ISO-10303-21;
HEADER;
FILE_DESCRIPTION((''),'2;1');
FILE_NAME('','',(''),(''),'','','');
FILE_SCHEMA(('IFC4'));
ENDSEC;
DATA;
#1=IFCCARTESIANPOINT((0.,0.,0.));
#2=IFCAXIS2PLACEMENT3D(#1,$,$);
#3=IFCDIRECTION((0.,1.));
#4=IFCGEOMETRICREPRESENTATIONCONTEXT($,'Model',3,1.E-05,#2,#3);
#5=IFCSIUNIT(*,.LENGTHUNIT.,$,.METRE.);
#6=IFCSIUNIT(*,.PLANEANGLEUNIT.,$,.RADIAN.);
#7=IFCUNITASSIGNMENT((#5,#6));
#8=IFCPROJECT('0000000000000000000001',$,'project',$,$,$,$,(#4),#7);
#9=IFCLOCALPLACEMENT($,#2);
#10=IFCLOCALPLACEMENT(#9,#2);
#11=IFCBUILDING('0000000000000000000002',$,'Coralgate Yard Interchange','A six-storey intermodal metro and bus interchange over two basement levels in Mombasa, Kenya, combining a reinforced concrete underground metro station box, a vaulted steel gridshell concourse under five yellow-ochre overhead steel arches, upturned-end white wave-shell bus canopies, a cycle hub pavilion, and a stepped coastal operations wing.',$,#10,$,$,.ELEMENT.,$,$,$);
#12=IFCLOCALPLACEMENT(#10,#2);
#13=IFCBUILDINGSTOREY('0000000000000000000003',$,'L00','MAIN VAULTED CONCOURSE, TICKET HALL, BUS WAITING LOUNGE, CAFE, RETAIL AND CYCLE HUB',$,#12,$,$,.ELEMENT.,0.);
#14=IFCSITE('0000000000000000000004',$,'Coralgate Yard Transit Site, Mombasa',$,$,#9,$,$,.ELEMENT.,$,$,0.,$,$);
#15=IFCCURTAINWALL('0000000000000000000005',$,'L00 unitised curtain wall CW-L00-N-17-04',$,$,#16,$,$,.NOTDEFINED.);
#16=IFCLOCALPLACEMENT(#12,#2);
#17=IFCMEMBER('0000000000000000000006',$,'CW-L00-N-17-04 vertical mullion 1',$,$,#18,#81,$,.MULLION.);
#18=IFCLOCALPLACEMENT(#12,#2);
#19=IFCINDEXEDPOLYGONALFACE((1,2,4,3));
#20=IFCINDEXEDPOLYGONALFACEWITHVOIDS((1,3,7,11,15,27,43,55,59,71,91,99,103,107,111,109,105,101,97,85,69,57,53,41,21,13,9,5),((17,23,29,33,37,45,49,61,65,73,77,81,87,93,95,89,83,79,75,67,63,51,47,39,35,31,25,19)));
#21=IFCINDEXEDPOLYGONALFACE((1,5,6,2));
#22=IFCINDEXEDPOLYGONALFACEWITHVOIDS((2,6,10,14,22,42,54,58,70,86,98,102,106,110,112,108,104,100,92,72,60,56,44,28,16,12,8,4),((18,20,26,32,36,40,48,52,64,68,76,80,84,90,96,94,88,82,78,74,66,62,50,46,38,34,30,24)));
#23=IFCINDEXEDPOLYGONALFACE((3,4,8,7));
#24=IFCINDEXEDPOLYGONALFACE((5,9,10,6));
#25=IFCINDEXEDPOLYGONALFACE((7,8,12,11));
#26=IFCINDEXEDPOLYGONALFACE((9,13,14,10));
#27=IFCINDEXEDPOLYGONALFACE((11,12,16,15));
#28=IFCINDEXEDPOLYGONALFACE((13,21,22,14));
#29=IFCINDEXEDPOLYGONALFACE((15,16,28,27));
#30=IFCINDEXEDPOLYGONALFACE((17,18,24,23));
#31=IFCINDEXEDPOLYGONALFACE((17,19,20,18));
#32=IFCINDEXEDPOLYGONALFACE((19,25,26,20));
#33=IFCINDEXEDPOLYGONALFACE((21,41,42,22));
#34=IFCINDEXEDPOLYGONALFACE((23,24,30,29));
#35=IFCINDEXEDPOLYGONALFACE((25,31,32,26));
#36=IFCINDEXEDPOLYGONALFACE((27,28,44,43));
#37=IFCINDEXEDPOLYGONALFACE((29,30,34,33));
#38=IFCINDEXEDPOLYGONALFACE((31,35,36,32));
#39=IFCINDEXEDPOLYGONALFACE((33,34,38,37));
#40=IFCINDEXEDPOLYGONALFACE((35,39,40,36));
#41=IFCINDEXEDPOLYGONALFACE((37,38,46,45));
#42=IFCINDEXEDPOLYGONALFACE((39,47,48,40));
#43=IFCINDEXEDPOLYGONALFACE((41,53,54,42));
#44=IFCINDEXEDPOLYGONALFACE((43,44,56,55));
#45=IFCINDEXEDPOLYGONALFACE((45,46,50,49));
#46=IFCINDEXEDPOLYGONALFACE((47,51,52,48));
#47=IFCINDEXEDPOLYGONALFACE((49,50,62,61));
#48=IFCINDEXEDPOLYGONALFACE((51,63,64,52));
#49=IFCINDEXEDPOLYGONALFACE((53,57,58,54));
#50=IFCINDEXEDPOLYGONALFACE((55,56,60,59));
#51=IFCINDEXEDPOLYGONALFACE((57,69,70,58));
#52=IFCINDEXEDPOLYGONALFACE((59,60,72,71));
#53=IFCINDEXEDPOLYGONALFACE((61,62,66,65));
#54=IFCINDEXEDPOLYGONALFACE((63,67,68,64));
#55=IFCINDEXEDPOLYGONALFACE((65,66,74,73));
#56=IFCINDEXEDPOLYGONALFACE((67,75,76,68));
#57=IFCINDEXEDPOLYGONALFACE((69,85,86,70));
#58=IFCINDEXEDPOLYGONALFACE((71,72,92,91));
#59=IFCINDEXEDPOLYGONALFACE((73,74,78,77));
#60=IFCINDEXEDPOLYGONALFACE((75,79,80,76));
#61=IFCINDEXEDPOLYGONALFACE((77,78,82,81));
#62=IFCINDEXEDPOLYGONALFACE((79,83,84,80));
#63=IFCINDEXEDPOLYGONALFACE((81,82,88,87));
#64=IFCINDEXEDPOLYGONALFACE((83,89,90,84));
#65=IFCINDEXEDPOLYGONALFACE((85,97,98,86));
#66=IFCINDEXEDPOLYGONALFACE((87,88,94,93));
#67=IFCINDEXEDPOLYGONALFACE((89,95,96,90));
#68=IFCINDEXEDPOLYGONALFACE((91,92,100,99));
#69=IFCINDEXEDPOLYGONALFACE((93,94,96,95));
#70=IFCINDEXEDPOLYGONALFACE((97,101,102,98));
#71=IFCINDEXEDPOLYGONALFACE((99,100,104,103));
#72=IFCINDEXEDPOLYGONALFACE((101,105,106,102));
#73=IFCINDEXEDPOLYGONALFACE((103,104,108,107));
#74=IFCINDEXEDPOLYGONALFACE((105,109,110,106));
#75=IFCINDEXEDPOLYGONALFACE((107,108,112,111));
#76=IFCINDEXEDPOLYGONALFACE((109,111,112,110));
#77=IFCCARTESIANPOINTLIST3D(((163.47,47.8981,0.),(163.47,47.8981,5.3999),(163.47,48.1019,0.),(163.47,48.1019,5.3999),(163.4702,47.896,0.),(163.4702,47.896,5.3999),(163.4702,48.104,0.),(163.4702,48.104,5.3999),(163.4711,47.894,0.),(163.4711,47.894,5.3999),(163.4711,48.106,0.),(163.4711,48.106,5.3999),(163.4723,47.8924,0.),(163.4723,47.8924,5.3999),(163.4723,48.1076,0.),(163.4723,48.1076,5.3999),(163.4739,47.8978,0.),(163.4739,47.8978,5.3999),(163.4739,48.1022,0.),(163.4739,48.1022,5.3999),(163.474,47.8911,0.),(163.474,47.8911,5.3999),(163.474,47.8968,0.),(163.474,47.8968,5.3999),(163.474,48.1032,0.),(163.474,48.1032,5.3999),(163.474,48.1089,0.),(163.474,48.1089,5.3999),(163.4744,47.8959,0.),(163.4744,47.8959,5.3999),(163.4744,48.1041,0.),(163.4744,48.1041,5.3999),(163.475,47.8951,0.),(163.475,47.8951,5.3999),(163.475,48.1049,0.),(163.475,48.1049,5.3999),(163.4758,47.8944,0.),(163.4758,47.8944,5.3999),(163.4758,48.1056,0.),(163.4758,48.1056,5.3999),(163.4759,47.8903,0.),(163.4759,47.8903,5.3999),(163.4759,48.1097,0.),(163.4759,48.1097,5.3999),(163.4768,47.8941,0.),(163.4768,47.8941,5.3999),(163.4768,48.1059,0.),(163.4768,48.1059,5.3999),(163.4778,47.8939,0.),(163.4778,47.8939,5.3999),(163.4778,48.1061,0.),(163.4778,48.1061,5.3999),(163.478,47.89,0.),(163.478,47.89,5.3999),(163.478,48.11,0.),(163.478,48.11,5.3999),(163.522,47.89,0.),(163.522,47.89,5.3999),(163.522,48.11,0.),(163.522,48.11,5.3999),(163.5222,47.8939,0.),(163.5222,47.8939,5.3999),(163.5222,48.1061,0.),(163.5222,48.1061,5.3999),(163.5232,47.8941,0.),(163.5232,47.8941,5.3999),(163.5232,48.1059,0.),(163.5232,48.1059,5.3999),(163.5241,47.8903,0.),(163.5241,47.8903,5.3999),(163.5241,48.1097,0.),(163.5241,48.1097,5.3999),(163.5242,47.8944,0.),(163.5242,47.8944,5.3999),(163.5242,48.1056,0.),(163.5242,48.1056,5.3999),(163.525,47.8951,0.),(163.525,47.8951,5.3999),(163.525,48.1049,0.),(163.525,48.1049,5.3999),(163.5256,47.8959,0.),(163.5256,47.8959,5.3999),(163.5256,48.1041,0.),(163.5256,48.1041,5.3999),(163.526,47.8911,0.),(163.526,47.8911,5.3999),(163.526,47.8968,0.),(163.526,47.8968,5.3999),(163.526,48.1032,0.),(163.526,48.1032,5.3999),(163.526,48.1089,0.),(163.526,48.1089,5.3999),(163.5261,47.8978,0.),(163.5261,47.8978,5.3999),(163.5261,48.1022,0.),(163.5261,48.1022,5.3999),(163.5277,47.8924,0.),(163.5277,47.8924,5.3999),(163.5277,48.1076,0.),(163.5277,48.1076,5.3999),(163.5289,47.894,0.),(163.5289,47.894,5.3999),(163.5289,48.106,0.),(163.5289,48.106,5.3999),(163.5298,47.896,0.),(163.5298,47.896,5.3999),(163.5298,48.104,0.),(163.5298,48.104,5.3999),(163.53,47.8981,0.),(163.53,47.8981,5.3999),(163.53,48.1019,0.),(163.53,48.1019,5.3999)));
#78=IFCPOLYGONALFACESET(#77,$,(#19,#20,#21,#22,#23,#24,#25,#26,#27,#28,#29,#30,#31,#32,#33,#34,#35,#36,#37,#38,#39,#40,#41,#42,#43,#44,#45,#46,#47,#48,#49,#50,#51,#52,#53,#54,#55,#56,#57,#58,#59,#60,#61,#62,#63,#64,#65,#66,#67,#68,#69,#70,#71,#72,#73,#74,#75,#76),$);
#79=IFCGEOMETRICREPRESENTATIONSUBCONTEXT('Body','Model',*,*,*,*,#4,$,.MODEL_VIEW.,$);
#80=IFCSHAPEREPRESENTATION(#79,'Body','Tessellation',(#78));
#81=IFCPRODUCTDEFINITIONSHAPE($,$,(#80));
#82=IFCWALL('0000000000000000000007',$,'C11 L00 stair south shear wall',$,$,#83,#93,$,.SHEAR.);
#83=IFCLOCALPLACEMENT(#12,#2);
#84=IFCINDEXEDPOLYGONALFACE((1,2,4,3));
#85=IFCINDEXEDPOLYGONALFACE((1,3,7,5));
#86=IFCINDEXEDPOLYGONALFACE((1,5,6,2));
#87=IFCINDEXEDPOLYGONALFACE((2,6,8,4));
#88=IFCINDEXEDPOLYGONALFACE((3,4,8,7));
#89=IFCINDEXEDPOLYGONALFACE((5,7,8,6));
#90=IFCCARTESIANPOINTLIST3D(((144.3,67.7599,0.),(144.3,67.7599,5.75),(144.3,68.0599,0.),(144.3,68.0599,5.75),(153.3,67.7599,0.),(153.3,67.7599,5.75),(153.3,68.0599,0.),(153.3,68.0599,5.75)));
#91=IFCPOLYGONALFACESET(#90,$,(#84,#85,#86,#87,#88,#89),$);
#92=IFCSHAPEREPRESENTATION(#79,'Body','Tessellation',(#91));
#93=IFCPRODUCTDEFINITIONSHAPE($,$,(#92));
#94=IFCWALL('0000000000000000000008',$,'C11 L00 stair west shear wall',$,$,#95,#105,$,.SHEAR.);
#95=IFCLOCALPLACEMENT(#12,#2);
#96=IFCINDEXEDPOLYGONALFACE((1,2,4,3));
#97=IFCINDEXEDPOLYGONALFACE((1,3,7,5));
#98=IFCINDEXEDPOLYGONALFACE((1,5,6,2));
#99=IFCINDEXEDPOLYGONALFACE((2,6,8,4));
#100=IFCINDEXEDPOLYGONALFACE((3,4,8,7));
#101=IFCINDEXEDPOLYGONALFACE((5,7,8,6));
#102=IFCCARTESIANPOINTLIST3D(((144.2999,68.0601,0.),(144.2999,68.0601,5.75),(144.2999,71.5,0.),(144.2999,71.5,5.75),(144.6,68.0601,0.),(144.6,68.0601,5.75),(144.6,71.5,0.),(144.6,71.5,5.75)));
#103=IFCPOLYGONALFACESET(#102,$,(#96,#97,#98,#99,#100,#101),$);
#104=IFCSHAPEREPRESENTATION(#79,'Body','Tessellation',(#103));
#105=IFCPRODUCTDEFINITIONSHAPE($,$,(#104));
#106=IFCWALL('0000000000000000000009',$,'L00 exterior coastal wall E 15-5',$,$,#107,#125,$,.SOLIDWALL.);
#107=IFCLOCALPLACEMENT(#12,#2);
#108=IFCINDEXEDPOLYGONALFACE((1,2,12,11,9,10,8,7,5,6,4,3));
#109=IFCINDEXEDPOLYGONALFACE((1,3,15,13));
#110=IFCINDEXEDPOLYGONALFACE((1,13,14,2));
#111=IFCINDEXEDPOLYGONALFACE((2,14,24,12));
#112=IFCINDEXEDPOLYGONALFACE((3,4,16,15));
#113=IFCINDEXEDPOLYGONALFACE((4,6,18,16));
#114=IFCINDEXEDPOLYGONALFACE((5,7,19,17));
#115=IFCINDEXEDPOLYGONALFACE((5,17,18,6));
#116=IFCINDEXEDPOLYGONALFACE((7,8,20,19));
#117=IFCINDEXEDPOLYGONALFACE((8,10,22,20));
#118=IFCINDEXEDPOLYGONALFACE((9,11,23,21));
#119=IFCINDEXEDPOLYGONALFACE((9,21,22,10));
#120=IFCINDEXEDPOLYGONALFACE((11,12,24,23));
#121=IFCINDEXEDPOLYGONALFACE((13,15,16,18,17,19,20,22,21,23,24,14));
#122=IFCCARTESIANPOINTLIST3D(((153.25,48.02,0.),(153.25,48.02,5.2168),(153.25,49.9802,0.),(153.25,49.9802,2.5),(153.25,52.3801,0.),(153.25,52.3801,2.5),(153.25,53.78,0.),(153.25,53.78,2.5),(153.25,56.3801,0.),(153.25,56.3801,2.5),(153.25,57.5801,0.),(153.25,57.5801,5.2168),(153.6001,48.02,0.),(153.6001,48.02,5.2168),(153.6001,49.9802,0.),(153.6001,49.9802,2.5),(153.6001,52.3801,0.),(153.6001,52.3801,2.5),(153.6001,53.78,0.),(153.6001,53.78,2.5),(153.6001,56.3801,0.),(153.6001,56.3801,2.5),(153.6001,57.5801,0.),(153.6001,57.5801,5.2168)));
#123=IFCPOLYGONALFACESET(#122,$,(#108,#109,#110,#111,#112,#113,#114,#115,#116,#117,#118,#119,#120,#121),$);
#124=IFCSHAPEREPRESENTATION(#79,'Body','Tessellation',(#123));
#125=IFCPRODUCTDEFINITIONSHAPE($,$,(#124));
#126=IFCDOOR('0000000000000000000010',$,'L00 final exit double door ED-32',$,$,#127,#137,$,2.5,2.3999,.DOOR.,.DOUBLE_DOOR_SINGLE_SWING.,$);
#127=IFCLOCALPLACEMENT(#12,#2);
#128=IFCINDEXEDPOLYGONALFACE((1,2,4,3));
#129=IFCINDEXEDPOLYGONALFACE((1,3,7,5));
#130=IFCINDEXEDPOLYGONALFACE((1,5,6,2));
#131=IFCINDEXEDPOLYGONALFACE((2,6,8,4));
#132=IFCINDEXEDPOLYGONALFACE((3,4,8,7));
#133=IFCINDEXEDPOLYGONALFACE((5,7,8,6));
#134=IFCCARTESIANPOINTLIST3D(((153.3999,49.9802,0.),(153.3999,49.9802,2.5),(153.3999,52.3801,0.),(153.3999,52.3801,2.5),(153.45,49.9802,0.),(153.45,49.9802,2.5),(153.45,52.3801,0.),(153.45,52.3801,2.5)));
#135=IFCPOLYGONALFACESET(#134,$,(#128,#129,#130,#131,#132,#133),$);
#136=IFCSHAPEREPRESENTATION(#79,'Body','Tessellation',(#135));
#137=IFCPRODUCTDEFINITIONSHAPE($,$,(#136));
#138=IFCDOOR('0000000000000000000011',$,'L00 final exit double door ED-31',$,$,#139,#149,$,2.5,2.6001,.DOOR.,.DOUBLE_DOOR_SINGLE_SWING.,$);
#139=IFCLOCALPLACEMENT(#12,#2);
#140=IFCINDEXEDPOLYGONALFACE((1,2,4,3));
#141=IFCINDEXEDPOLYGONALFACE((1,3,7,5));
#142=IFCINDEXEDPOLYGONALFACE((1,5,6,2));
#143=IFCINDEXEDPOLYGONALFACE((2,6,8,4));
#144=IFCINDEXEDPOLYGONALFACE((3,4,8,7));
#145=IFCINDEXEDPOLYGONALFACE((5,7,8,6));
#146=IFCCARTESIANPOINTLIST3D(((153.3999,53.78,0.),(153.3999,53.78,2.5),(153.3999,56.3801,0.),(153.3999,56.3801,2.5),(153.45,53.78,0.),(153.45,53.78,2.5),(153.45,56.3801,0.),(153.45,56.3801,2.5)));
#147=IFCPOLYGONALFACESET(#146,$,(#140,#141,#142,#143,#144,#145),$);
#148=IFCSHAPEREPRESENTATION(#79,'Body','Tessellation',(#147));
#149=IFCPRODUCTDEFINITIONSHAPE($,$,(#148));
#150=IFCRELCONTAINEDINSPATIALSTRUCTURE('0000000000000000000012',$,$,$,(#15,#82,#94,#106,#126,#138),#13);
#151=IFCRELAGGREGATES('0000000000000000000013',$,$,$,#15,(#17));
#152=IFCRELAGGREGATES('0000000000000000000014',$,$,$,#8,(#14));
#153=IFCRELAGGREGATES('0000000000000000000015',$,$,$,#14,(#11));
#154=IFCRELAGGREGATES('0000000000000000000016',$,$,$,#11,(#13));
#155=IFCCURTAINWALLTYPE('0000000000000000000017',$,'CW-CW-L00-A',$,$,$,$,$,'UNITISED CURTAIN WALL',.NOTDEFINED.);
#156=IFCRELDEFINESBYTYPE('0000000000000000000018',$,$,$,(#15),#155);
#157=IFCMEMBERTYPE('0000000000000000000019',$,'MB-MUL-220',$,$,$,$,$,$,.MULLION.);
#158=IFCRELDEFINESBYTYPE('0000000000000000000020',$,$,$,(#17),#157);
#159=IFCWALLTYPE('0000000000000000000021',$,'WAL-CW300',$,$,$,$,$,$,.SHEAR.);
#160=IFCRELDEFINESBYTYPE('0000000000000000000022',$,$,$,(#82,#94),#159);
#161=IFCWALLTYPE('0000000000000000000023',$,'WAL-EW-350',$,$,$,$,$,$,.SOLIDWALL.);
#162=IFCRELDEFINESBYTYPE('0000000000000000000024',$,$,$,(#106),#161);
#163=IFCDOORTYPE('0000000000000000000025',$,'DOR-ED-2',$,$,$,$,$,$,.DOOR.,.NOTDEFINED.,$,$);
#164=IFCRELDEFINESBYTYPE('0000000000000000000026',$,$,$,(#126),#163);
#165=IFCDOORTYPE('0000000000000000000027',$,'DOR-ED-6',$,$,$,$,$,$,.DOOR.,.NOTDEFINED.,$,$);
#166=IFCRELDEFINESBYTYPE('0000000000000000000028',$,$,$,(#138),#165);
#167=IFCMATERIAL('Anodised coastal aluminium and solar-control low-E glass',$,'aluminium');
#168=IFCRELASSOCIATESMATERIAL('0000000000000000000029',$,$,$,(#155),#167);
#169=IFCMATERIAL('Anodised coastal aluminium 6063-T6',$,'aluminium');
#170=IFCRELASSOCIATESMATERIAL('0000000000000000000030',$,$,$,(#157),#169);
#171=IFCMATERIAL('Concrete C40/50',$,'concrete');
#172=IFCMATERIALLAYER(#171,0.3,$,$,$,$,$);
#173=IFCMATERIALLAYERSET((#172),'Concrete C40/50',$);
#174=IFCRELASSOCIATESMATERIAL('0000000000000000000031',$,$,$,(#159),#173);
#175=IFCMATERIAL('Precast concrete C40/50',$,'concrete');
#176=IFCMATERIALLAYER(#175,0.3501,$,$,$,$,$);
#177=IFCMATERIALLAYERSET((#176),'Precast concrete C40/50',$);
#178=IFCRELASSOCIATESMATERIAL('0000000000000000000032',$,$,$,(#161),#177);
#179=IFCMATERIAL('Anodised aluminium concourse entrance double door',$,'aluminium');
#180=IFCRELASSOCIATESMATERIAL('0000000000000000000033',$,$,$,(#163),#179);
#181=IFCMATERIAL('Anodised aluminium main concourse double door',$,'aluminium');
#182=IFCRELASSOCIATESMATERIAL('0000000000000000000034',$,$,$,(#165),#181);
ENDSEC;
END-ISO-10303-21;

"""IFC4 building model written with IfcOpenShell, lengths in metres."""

from ifc_helpers import new_model, si_unit, direction, frame, frame_2d, origin, origin_2d, place, context, subcontext, project, spatial, rectangle, hollow_rectangle, extrude, material, layer, layer_set, material_profile, profile_set, type_object, element, fill, aggregate, save


model = new_model("IFC4")

# Units and contexts
model_context = context("Model", 3, precision=1e-05, world=origin(), true_north=direction((0.0, 1.0)))
body_context = subcontext(model_context, "Body", "Model", "MODEL_VIEW")
ifc_project = project(units=[si_unit("LENGTHUNIT", "METRE"), si_unit("PLANEANGLEUNIT", "RADIAN")], contexts=[model_context])

# Site, building, storey
site_placement = place(None, origin())
site = spatial("IfcSite", under=ifc_project, at=site_placement, Name="Coralgate Yard Transit Site, Mombasa", CompositionType="ELEMENT", RefElevation=0.0)
building_placement = place(site_placement, origin())
building = spatial("IfcBuilding", under=site, at=building_placement, Name="Coralgate Yard Interchange", Description="A six-storey intermodal metro and bus interchange over two basement levels in Mombasa, Kenya, combining a reinforced concrete underground metro station box, a vaulted steel gridshell concourse under five yellow-ochre overhead steel arches, upturned-end white wave-shell bus canopies, a cycle hub pavilion, and a stepped coastal operations wing.", CompositionType="ELEMENT")
storey_placement = place(building_placement, origin())
storey = spatial("IfcBuildingStorey", under=building, at=storey_placement, Name="L00", Description="MAIN VAULTED CONCOURSE, TICKET HALL, BUS WAITING LOUNGE, CAFE, RETAIL AND CYCLE HUB", CompositionType="ELEMENT", Elevation=0.0)

# Shared definitions
ifc_material_1 = material(Name="Concrete C40/50", Category="concrete")

# Curtain wall, member
ifc_material_2 = material(Name="Anodised coastal aluminium and solar-control low-E glass", Category="aluminium")
curtain_wall_type = type_object("IfcCurtainWallType", Name="CW-CW-L00-A", ElementType="UNITISED CURTAIN WALL", PredefinedType="NOTDEFINED", material=ifc_material_2)
curtain_wall_placement = place(storey_placement, origin())
curtain_wall = element("IfcCurtainWall", 1, at=curtain_wall_placement, inside=storey, type_object=curtain_wall_type, Name="L00 unitised curtain wall CW-L00-N-17-04", PredefinedType="NOTDEFINED")
ifc_material_3 = material(Name="Anodised coastal aluminium 6063-T6", Category="aluminium")
ifc_material_profile_1 = material_profile(ifc_material_3, hollow_rectangle(XDim=0.0601, YDim=0.22, WallThickness=0.0039, InnerFilletRadius=0.0039, OuterFilletRadius=0.0081, at=origin_2d()), Name="ALU 60x220x4")
ifc_profile_set_1 = profile_set([ifc_material_profile_1], Name="Anodised coastal aluminium 6063-T6")
member_type = type_object("IfcMemberType", Name="MB-MUL-220", PredefinedType="MULLION", material=ifc_profile_set_1)
member_placement = place(storey_placement, frame((163.5, 48.0, 0.0), z_axis=(0.0, 0.0, 1.0), x_axis=(1.0, 0.0, 0.0)))
member = element("IfcMember", 2, at=member_placement, type_object=member_type, Name="CW-L00-N-17-04 vertical mullion 1", PredefinedType="MULLION", context=body_context, shape_type="SweptSolid", body=[
    extrude(hollow_rectangle(XDim=0.0601, YDim=0.22, WallThickness=0.0039, InnerFilletRadius=0.0039, OuterFilletRadius=0.0081, at=origin_2d()), origin(), (0.0, 0.0, 1.0), 5.3999),
])
aggregate(curtain_wall, [member])

# Walls
ifc_layer_1 = layer(ifc_material_1, 0.3)
ifc_layer_set_1 = layer_set([ifc_layer_1], Name="Concrete C40/50")
wall_type_1 = type_object("IfcWallType", Name="WAL-CW300", PredefinedType="SHEAR", material=ifc_layer_set_1)
wall_1_placement = place(storey_placement, frame((144.3, 67.9099, 0.0), z_axis=(0.0, 0.0, 1.0), x_axis=(1.0, 0.0, 0.0)))
element("IfcWall", 3, at=wall_1_placement, inside=storey, type_object=wall_type_1, Name="C11 L00 stair south shear wall", PredefinedType="SHEAR", context=body_context, shape_type="SweptSolid", body=[
    extrude(rectangle(XDim=9.0, YDim=0.3, at=frame_2d((4.5, 0.0))), origin(), (0.0, 0.0, 1.0), 5.75),
])
wall_2_placement = place(storey_placement, frame((144.45, 68.0601, 0.0), z_axis=(0.0, 0.0, 1.0), x_axis=(0.0, 1.0, 0.0)))
element("IfcWall", 4, at=wall_2_placement, inside=storey, type_object=wall_type_1, Name="C11 L00 stair west shear wall", PredefinedType="SHEAR", context=body_context, shape_type="SweptSolid", body=[
    extrude(rectangle(XDim=3.4399, YDim=0.3, at=frame_2d((1.72, 0.0))), origin(), (0.0, 0.0, 1.0), 5.75),
])

# Wall, openings, doors
ifc_material_4 = material(Name="Precast concrete C40/50", Category="concrete")
ifc_layer_2 = layer(ifc_material_4, 0.3501)
ifc_layer_set_2 = layer_set([ifc_layer_2], Name="Precast concrete C40/50")
wall_type_2 = type_object("IfcWallType", Name="WAL-EW-350", PredefinedType="SOLIDWALL", material=ifc_layer_set_2)
wall_3_placement = place(storey_placement, frame((153.425, 57.5801, 0.0), z_axis=(0.0, 0.0, 1.0), x_axis=(0.0, -1.0, 0.0)))
wall_3 = element("IfcWall", 5, at=wall_3_placement, inside=storey, type_object=wall_type_2, Name="L00 exterior coastal wall E 15-5", PredefinedType="SOLIDWALL", context=body_context, shape_type="SweptSolid", body=[
    extrude(rectangle(XDim=9.5601, YDim=0.3501, at=frame_2d((4.78, 0.0))), origin(), (0.0, 0.0, 1.0), 5.2168),
])
opening_1_placement = place(wall_3_placement, frame((1.2, 0.0, 0.0)))
opening_1 = element("IfcOpeningElement", 6, at=opening_1_placement, cuts=wall_3, PredefinedType="OPENING", context=body_context, shape_type="SweptSolid", body=[
    extrude(rectangle(XDim=2.6001, YDim=2.5, at=frame_2d((1.3, 1.25))), frame((0.0, 0.1851, 0.0), z_axis=(0.0, -1.0, 0.0), x_axis=(1.0, 0.0, 0.0)), (0.0, 0.0, 1.0), 0.3701),
])
opening_2_placement = place(wall_3_placement, frame((5.2, 0.0, 0.0)))
opening_2 = element("IfcOpeningElement", 7, at=opening_2_placement, cuts=wall_3, PredefinedType="OPENING", context=body_context, shape_type="SweptSolid", body=[
    extrude(rectangle(XDim=2.3999, YDim=2.5, at=frame_2d((1.2, 1.25))), frame((0.0, 0.1851, 0.0), z_axis=(0.0, -1.0, 0.0), x_axis=(1.0, 0.0, 0.0)), (0.0, 0.0, 1.0), 0.3701),
])
ifc_material_5 = material(Name="Anodised aluminium concourse entrance double door", Category="aluminium")
door_type_1 = type_object("IfcDoorType", Name="DOR-ED-2", OperationType="NOTDEFINED", PredefinedType="DOOR", material=ifc_material_5)
door_1_placement = place(opening_2_placement, origin())
door_1 = element("IfcDoor", 8, at=door_1_placement, inside=storey, type_object=door_type_1, Name="L00 final exit double door ED-32", OperationType="DOUBLE_DOOR_SINGLE_SWING", OverallHeight=2.5, OverallWidth=2.3999, PredefinedType="DOOR", context=body_context, shape_type="SweptSolid", body=[
    extrude(rectangle(XDim=2.3999, YDim=2.5, at=frame_2d((1.2, 1.25))), frame((0.0, 0.0249, 0.0), z_axis=(0.0, -1.0, 0.0), x_axis=(1.0, 0.0, 0.0)), (0.0, 0.0, 1.0), 0.05),
])
fill(opening_2, door_1)
ifc_material_6 = material(Name="Anodised aluminium main concourse double door", Category="aluminium")
door_type_2 = type_object("IfcDoorType", Name="DOR-ED-6", OperationType="NOTDEFINED", PredefinedType="DOOR", material=ifc_material_6)
door_2_placement = place(opening_1_placement, origin())
door_2 = element("IfcDoor", 9, at=door_2_placement, inside=storey, type_object=door_type_2, Name="L00 final exit double door ED-31", OperationType="DOUBLE_DOOR_SINGLE_SWING", OverallHeight=2.5, OverallWidth=2.6001, PredefinedType="DOOR", context=body_context, shape_type="SweptSolid", body=[
    extrude(rectangle(XDim=2.6001, YDim=2.5, at=frame_2d((1.3, 1.25))), frame((0.0, 0.0249, 0.0), z_axis=(0.0, -1.0, 0.0), x_axis=(1.0, 0.0, 0.0)), (0.0, 0.0, 1.0), 0.05),
])
fill(opening_1, door_2)

save(model, "model.ifc")
